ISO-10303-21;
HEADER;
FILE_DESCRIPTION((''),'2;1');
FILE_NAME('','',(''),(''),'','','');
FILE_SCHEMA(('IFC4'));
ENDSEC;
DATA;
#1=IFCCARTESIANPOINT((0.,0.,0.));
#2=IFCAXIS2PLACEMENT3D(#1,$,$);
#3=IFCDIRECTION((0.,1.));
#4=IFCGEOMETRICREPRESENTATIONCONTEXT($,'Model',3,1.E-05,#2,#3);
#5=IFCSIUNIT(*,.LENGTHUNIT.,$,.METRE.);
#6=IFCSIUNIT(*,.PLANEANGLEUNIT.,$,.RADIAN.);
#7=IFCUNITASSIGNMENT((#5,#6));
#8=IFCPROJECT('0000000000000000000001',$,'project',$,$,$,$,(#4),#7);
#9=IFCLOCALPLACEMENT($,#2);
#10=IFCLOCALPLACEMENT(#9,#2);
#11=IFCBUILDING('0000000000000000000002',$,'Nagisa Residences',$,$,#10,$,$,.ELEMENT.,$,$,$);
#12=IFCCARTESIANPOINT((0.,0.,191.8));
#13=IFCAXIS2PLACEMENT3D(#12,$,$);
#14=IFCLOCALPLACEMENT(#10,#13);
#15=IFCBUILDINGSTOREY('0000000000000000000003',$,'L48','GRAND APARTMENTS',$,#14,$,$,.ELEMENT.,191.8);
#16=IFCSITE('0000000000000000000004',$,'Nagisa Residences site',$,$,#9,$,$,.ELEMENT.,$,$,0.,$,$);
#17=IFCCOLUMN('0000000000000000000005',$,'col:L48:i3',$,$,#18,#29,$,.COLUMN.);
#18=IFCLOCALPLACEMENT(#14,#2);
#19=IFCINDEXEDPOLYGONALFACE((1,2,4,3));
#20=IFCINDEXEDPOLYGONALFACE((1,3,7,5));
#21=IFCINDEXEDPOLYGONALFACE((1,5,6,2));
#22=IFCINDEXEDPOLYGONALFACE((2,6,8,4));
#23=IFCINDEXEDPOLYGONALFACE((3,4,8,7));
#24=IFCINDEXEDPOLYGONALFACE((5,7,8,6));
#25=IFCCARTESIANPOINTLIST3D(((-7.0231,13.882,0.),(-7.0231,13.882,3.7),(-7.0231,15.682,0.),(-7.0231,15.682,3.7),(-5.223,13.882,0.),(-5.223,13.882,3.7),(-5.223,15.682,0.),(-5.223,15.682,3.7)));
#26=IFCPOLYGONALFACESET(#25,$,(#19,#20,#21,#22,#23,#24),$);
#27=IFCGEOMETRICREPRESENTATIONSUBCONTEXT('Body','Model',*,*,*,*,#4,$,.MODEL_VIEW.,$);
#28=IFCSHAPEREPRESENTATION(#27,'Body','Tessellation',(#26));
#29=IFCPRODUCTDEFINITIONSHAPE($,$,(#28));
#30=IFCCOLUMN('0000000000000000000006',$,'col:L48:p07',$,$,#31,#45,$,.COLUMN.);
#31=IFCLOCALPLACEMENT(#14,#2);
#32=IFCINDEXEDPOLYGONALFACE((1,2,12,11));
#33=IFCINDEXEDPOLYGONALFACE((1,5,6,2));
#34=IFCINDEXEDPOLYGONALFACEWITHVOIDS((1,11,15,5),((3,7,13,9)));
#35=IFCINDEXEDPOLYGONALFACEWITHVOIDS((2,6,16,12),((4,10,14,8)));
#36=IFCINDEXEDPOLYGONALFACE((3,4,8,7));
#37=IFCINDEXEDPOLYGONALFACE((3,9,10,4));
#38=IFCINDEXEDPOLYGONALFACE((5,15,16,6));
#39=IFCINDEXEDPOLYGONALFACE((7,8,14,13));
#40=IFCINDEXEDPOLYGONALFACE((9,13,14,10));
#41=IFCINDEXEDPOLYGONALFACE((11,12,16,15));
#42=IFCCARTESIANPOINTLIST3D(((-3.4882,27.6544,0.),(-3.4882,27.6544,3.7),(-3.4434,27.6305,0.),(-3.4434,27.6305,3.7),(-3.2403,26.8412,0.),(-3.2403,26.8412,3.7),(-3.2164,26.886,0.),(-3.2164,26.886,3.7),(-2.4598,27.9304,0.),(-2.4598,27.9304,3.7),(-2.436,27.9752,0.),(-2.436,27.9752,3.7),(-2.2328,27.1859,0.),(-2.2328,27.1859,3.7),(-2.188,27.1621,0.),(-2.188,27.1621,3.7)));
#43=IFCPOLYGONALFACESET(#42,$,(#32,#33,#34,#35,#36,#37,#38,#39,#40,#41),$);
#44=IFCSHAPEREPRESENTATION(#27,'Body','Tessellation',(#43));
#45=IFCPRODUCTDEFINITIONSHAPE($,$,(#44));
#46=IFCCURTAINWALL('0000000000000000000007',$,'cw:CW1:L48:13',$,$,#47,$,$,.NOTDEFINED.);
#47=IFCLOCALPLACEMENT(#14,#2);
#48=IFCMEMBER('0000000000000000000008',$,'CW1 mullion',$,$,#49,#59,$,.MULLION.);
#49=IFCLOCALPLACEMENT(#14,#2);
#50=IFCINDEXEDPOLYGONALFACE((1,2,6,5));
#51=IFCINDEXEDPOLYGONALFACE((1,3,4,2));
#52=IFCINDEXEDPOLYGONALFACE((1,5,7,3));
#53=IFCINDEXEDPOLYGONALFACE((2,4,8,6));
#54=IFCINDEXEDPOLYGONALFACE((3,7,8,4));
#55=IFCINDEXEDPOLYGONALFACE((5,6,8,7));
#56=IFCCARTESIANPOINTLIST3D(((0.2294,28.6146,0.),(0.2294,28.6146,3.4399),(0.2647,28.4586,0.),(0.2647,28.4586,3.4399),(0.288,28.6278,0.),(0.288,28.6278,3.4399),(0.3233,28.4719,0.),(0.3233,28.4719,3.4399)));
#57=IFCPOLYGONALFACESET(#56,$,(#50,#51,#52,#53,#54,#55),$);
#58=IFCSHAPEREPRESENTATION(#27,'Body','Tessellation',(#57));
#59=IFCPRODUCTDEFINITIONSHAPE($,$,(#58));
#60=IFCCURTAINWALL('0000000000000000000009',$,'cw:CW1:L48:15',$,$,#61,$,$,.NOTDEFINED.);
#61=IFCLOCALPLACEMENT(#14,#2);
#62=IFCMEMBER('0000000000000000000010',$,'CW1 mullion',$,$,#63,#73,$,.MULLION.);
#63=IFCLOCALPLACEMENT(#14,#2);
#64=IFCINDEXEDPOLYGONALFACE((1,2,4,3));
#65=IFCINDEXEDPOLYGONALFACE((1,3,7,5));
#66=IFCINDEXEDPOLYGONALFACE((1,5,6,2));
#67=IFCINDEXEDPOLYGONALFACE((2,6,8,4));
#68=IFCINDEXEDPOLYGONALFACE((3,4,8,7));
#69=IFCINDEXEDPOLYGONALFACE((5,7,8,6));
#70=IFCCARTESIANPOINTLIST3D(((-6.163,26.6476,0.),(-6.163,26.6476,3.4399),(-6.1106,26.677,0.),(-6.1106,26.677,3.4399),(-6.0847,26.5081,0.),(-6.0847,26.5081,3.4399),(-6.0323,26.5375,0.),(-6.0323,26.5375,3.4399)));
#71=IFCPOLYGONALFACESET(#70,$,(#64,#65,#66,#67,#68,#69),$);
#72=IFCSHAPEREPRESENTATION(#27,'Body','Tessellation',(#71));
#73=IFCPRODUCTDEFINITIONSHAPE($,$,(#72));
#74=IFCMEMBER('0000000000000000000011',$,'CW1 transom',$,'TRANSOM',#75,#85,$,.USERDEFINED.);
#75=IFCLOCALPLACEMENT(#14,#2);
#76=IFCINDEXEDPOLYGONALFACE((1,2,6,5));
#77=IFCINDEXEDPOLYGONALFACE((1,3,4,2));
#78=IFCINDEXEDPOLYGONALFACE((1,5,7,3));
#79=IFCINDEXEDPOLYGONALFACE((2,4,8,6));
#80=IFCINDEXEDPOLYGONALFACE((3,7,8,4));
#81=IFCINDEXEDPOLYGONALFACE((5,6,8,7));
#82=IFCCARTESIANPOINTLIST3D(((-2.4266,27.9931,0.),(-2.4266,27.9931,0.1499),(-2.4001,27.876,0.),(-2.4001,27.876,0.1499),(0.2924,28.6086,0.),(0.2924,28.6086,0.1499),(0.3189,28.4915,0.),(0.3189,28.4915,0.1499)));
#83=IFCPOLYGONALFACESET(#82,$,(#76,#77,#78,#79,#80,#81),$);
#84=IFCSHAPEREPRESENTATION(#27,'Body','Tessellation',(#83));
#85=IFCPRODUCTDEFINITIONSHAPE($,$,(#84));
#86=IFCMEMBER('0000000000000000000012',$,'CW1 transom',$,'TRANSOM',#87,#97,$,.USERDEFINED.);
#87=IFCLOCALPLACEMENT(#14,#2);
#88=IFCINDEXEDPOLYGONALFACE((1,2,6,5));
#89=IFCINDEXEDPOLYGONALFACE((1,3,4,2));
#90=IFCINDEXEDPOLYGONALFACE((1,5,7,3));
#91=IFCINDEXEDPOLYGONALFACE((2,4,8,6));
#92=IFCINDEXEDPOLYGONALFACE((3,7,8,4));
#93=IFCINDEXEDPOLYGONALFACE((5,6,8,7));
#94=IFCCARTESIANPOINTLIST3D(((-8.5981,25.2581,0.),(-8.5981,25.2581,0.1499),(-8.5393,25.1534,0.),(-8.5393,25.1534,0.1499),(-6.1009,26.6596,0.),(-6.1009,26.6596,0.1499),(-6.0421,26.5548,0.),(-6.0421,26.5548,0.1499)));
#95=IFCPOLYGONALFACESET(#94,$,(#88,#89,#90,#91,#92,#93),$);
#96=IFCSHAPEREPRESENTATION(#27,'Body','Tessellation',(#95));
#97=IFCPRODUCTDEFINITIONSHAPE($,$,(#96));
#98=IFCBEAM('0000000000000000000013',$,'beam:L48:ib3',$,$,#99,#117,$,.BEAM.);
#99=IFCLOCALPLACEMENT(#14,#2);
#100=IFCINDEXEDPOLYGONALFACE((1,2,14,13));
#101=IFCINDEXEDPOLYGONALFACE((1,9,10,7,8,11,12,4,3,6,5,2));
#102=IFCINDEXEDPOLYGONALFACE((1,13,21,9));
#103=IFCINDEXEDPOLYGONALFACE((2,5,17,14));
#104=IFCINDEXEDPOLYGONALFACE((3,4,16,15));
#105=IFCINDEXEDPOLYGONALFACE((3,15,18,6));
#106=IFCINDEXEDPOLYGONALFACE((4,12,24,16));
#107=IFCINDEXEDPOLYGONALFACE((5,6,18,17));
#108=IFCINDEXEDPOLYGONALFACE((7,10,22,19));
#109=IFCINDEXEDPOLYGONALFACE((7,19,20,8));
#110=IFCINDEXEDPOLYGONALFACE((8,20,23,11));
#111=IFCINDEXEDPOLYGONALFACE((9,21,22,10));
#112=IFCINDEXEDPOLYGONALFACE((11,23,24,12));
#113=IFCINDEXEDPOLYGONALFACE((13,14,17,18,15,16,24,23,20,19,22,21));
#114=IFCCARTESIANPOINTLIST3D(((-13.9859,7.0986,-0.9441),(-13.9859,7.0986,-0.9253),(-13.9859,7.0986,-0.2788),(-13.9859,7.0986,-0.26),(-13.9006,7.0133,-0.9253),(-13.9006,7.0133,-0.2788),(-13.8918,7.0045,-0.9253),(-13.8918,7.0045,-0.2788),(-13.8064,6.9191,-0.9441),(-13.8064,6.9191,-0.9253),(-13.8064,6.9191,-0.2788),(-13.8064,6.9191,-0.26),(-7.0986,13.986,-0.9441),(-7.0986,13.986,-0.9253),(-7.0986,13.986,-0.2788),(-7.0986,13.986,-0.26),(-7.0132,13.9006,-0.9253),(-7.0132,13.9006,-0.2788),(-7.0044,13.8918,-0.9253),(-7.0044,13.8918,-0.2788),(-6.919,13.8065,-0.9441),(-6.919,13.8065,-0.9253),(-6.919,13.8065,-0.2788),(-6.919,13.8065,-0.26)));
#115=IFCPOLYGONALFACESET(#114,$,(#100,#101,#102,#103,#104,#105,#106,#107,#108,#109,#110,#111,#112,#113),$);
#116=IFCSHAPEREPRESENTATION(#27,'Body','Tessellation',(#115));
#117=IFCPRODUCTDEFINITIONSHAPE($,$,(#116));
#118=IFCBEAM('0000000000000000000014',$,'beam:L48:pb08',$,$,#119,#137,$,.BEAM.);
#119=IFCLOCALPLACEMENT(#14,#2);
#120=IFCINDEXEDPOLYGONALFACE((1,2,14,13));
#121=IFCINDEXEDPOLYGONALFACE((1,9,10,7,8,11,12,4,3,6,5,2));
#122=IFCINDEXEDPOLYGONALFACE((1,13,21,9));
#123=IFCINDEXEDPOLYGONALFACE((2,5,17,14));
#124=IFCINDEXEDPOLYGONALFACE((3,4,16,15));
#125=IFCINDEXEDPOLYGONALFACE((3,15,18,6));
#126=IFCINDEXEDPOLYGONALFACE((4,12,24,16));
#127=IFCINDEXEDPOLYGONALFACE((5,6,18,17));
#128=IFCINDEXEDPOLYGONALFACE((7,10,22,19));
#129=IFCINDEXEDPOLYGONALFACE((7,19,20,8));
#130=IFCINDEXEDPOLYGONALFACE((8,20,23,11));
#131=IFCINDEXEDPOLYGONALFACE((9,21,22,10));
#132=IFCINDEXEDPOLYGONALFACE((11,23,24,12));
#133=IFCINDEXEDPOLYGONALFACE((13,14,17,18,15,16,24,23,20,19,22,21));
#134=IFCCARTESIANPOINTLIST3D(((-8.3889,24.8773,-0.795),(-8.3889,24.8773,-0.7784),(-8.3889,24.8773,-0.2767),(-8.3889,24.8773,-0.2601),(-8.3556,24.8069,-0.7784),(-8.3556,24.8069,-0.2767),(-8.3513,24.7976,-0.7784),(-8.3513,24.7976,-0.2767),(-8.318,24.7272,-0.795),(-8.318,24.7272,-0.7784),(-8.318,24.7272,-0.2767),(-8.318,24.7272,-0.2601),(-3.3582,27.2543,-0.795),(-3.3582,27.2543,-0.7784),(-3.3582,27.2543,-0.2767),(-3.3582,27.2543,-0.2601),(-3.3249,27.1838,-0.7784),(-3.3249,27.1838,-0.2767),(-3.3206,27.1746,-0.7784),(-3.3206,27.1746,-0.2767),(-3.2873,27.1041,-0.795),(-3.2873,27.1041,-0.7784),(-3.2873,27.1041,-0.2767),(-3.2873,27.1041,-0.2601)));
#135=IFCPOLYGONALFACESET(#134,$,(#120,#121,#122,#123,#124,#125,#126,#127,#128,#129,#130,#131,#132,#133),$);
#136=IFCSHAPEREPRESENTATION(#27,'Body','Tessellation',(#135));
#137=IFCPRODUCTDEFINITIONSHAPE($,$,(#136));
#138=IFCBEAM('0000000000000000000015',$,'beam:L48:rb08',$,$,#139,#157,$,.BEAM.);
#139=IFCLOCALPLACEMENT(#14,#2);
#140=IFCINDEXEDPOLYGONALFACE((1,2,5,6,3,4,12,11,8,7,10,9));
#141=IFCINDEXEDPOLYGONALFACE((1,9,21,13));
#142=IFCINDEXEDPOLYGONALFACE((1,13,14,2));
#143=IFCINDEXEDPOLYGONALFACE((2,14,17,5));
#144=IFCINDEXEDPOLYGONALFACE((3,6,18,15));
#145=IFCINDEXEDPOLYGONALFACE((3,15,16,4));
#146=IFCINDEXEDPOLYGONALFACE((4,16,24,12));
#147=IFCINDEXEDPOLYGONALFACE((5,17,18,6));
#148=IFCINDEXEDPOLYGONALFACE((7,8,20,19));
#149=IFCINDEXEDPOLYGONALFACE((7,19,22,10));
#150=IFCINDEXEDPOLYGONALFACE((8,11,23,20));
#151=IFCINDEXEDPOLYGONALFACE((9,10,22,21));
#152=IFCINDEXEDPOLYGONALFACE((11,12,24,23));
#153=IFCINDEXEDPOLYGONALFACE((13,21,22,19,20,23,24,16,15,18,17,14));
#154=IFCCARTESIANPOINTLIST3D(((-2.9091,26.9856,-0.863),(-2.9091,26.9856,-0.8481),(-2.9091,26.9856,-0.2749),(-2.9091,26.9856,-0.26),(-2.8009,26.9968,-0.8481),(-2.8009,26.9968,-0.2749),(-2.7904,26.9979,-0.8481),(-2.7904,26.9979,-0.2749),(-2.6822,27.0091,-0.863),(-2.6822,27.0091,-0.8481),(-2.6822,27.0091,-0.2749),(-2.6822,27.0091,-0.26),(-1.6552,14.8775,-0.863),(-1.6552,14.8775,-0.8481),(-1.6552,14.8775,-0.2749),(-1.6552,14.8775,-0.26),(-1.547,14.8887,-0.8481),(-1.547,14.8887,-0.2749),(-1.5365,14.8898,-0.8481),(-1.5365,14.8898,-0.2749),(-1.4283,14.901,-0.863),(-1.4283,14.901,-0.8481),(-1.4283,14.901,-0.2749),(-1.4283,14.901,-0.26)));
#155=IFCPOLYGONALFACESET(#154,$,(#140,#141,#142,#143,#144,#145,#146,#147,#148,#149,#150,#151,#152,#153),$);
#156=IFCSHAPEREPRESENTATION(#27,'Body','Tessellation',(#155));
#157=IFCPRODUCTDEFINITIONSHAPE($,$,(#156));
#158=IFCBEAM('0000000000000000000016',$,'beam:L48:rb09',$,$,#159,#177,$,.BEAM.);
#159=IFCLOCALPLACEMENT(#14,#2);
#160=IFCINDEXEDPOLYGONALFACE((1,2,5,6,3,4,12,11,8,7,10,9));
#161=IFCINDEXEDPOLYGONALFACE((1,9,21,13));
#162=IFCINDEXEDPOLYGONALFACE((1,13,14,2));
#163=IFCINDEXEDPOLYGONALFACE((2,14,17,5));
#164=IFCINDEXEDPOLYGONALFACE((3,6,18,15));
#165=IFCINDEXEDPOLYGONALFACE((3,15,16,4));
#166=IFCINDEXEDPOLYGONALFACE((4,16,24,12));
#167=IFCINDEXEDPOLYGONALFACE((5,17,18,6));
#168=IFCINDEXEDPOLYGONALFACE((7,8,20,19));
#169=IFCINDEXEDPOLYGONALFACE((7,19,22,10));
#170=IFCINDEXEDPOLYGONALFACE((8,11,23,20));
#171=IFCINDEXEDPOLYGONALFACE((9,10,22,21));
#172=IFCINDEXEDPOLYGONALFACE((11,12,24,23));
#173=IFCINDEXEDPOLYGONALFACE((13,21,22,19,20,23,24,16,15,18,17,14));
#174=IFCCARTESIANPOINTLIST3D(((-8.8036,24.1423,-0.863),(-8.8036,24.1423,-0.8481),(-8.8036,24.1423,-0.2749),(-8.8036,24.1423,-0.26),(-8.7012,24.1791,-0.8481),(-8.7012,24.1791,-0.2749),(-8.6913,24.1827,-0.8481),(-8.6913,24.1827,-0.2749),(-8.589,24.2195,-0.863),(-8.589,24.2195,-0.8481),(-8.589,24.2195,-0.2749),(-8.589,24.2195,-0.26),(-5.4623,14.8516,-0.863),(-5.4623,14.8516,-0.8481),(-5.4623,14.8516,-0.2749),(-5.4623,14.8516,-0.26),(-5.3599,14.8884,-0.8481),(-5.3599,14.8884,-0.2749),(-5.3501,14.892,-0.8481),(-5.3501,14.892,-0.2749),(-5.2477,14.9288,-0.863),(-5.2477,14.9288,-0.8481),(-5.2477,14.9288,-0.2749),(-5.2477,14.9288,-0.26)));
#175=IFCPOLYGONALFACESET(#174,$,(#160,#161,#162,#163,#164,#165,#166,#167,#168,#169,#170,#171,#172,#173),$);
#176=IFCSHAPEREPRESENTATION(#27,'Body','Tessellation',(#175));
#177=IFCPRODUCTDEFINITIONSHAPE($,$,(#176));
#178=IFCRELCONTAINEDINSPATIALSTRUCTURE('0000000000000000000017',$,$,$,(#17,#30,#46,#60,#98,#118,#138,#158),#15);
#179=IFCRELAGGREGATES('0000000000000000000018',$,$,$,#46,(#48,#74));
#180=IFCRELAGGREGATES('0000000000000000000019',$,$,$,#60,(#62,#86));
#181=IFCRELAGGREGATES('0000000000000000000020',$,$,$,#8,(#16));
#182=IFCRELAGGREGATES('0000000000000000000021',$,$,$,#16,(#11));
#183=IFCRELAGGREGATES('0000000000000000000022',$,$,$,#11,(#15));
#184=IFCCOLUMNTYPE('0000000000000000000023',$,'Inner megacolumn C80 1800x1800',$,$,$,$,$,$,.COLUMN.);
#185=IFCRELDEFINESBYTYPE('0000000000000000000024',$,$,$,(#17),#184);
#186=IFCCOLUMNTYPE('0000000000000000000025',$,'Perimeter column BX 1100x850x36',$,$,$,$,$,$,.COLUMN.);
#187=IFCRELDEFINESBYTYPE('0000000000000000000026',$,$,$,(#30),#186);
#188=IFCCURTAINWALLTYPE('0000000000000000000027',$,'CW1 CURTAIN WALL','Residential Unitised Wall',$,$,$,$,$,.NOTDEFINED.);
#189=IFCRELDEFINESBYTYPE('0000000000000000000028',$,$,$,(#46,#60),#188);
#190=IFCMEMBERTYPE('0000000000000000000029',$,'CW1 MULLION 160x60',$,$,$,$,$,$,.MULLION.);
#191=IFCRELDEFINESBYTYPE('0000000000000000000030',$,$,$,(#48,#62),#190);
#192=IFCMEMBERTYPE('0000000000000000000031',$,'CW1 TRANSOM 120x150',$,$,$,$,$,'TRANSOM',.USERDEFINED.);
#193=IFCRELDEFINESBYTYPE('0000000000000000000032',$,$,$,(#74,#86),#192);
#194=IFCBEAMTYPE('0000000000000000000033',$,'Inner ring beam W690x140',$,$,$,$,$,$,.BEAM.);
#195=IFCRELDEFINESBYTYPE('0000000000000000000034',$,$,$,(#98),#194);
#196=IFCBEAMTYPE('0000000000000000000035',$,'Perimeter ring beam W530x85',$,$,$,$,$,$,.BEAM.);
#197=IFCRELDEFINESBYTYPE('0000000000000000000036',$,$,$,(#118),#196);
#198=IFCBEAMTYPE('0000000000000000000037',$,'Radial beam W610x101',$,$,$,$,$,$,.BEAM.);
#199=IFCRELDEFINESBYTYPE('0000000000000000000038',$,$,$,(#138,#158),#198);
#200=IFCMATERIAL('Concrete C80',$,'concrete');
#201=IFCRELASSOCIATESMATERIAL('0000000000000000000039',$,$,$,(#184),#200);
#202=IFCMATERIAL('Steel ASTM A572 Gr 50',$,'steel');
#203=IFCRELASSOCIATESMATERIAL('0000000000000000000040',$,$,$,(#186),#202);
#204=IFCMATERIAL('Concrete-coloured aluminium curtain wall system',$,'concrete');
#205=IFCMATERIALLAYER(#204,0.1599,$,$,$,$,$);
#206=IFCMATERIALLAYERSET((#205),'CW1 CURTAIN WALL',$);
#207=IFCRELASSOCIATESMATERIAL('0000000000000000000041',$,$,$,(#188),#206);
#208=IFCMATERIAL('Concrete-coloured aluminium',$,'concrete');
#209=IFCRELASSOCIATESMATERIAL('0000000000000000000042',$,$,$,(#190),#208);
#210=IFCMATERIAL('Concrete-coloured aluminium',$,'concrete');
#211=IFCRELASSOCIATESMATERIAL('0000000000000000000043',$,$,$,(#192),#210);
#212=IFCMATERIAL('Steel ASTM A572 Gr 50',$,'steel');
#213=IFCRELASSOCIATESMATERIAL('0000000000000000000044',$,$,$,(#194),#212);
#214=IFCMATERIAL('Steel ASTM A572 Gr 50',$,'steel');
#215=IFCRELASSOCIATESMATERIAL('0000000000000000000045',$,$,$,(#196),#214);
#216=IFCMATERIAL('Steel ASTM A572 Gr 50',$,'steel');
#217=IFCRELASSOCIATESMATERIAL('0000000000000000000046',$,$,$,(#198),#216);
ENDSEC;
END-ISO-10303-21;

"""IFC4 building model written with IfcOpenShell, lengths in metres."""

from ifc_helpers import new_model, si_unit, direction, frame, origin, origin_2d, place, context, subcontext, project, spatial, rectangle, hollow_rectangle, i_section, extrude, material, layer, layer_set, material_profile, profile_set, type_object, element, aggregate, save


model = new_model("IFC4")

# Units and contexts
model_context = context("Model", 3, precision=1e-05, world=origin(), true_north=direction((0.0, 1.0)))
body_context = subcontext(model_context, "Body", "Model", "MODEL_VIEW")
ifc_project = project(units=[si_unit("LENGTHUNIT", "METRE"), si_unit("PLANEANGLEUNIT", "RADIAN")], contexts=[model_context])

# Site, building, storey
site_placement = place(None, origin())
site = spatial("IfcSite", under=ifc_project, at=site_placement, Name="Nagisa Residences site", CompositionType="ELEMENT", RefElevation=0.0)
building_placement = place(site_placement, origin())
building = spatial("IfcBuilding", under=site, at=building_placement, Name="Nagisa Residences", CompositionType="ELEMENT")
storey_placement = place(building_placement, frame((0.0, 0.0, 191.8)))
storey = spatial("IfcBuildingStorey", under=building, at=storey_placement, Name="L48", Description="GRAND APARTMENTS", CompositionType="ELEMENT", Elevation=191.8)

# Columns
ifc_material_1 = material(Name="Concrete C80", Category="concrete")
ifc_material_profile_1 = material_profile(ifc_material_1, rectangle(XDim=1.8, YDim=1.8, at=origin_2d()), Name="C80 1800x1800")
ifc_profile_set_1 = profile_set([ifc_material_profile_1], Name="Concrete C80")
column_type_1 = type_object("IfcColumnType", Name="Inner megacolumn C80 1800x1800", PredefinedType="COLUMN", material=ifc_profile_set_1)
column_1_placement = place(storey_placement, frame((-6.123, 14.782, 0.0), z_axis=(0.0, 0.0, 1.0), x_axis=(1.0, 0.0, 0.0)))
element("IfcColumn", 1, at=column_1_placement, inside=storey, type_object=column_type_1, Name="col:L48:i3", PredefinedType="COLUMN", context=body_context, shape_type="SweptSolid", body=[
    extrude(rectangle(XDim=1.8, YDim=1.8, at=origin_2d()), origin(), (0.0, 0.0, 1.0), 3.7),
])
ifc_material_2 = material(Name="Steel ASTM A572 Gr 50", Category="steel")
ifc_material_profile_2 = material_profile(ifc_material_2, hollow_rectangle(XDim=1.1001, YDim=0.8501, WallThickness=0.0359, at=origin_2d()), Name="BX 1100x850x36")
ifc_profile_set_2 = profile_set([ifc_material_profile_2], Name="Steel ASTM A572 Gr 50")
column_type_2 = type_object("IfcColumnType", Name="Perimeter column BX 1100x850x36", PredefinedType="COLUMN", material=ifc_profile_set_2)
column_2_placement = place(storey_placement, frame((-2.8381, 27.4082, 0.0), z_axis=(0.0, 0.0, 1.0), x_axis=(-0.956525, -0.291652, 0.0)))
element("IfcColumn", 2, at=column_2_placement, inside=storey, type_object=column_type_2, Name="col:L48:p07", PredefinedType="COLUMN", context=body_context, shape_type="SweptSolid", body=[
    extrude(hollow_rectangle(XDim=1.1001, YDim=0.8501, WallThickness=0.0359, at=origin_2d()), origin(), (0.0, 0.0, 1.0), 3.7),
])

# Curtain walls, members
ifc_material_3 = material(Name="Concrete-coloured aluminium curtain wall system", Category="concrete")
ifc_layer_1 = layer(ifc_material_3, 0.1599)
ifc_layer_set_1 = layer_set([ifc_layer_1], Name="CW1 CURTAIN WALL")
curtain_wall_type = type_object("IfcCurtainWallType", Name="CW1 CURTAIN WALL", Description="Residential Unitised Wall", PredefinedType="NOTDEFINED", material=ifc_layer_set_1)
curtain_wall_1_placement = place(storey_placement, origin())
curtain_wall_1 = element("IfcCurtainWall", 3, at=curtain_wall_1_placement, inside=storey, type_object=curtain_wall_type, Name="cw:CW1:L48:13", PredefinedType="NOTDEFINED")
ifc_material_4 = material(Name="Concrete-coloured aluminium", Category="concrete")
ifc_material_profile_3 = material_profile(ifc_material_4, rectangle(XDim=0.1599, YDim=0.0601, at=origin_2d()), Name="CW1 MULLION 160x60")
ifc_profile_set_3 = profile_set([ifc_material_profile_3], Name="Concrete-coloured aluminium")
member_type_1 = type_object("IfcMemberType", Name="CW1 MULLION 160x60", PredefinedType="MULLION", material=ifc_profile_set_3)
member_1_placement = place(storey_placement, frame((0.2764, 28.5432, 0.0), z_axis=(0.0, 0.0, 1.0), x_axis=(0.220764, -0.975327, 0.0)))
member_1 = element("IfcMember", 4, at=member_1_placement, type_object=member_type_1, Name="CW1 mullion", PredefinedType="MULLION", context=body_context, shape_type="SweptSolid", body=[
    extrude(rectangle(XDim=0.1599, YDim=0.0601, at=origin_2d()), origin(), (0.0, 0.0, 1.0), 3.4399),
])
curtain_wall_2_placement = place(storey_placement, origin())
curtain_wall_2 = element("IfcCurtainWall", 5, at=curtain_wall_2_placement, inside=storey, type_object=curtain_wall_type, Name="cw:CW1:L48:15", PredefinedType="NOTDEFINED")
member_2_placement = place(storey_placement, frame((-6.0977, 26.5925, 0.0), z_axis=(0.0, 0.0, 1.0), x_axis=(0.489377, -0.872072, 0.0)))
member_2 = element("IfcMember", 6, at=member_2_placement, type_object=member_type_1, Name="CW1 mullion", PredefinedType="MULLION", context=body_context, shape_type="SweptSolid", body=[
    extrude(rectangle(XDim=0.1599, YDim=0.0601, at=origin_2d()), origin(), (0.0, 0.0, 1.0), 3.4399),
])

# Members
ifc_material_5 = material(Name="Concrete-coloured aluminium", Category="concrete")
ifc_material_profile_4 = material_profile(ifc_material_5, rectangle(XDim=0.1201, YDim=0.1499, at=origin_2d()), Name="CW1 TRANSOM 120x150")
ifc_profile_set_4 = profile_set([ifc_material_profile_4], Name="Concrete-coloured aluminium")
member_type_2 = type_object("IfcMemberType", Name="CW1 TRANSOM 120x150", ElementType="TRANSOM", PredefinedType="USERDEFINED", material=ifc_profile_set_4)
member_3_placement = place(storey_placement, frame((0.3057, 28.55, 0.075), z_axis=(-0.975324, -0.220777, 0.0), x_axis=(0.220777, -0.975324, 0.0)))
member_3 = element("IfcMember", 7, at=member_3_placement, type_object=member_type_2, Name="CW1 transom", ObjectType="TRANSOM", PredefinedType="USERDEFINED", context=body_context, shape_type="SweptSolid", body=[
    extrude(rectangle(XDim=0.1201, YDim=0.1499, at=origin_2d()), origin(), (0.0, 0.0, 1.0), 2.7878),
])
member_4_placement = place(storey_placement, frame((-6.0715, 26.6072, 0.075), z_axis=(-0.872058, -0.489403, 0.0), x_axis=(0.489403, -0.872058, 0.0)))
member_4 = element("IfcMember", 8, at=member_4_placement, type_object=member_type_2, Name="CW1 transom", ObjectType="TRANSOM", PredefinedType="USERDEFINED", context=body_context, shape_type="SweptSolid", body=[
    extrude(rectangle(XDim=0.1201, YDim=0.1499, at=origin_2d()), origin(), (0.0, 0.0, 1.0), 2.8635),
])

# Beams
ifc_material_6 = material(Name="Steel ASTM A572 Gr 50", Category="steel")
ifc_material_profile_5 = material_profile(ifc_material_6, i_section(OverallWidth=0.2539, OverallDepth=0.6841, WebThickness=0.0125, FlangeThickness=0.0188, at=origin_2d()), Name="W690x140")
ifc_profile_set_5 = profile_set([ifc_material_profile_5], Name="Steel ASTM A572 Gr 50")
beam_type_1 = type_object("IfcBeamType", Name="Inner ring beam W690x140", PredefinedType="BEAM", material=ifc_profile_set_5)
beam_1_placement = place(storey_placement, frame((-7.0088, 13.8962, -0.6021), z_axis=(-0.707107, -0.707107, 0.0), x_axis=(0.707107, -0.707107, 0.0)))
element("IfcBeam", 9, at=beam_1_placement, inside=storey, type_object=beam_type_1, Name="beam:L48:ib3", PredefinedType="BEAM", context=body_context, shape_type="SweptSolid", body=[
    extrude(i_section(OverallWidth=0.2539, OverallDepth=0.6841, WebThickness=0.0125, FlangeThickness=0.0188, at=origin_2d()), origin(), (0.0, 0.0, 1.0), 9.7402),
])
ifc_material_7 = material(Name="Steel ASTM A572 Gr 50", Category="steel")
ifc_material_profile_6 = material_profile(ifc_material_7, i_section(OverallWidth=0.166, OverallDepth=0.5349, WebThickness=0.0103, FlangeThickness=0.0166, at=origin_2d()), Name="W530x85")
ifc_profile_set_6 = profile_set([ifc_material_profile_6], Name="Steel ASTM A572 Gr 50")
beam_type_2 = type_object("IfcBeamType", Name="Perimeter ring beam W530x85", PredefinedType="BEAM", material=ifc_profile_set_6)
beam_2_placement = place(storey_placement, frame((-3.3228, 27.1792, -0.5276), z_axis=(-0.904157, -0.4272, 0.0), x_axis=(0.4272, -0.904157, 0.0)))
element("IfcBeam", 10, at=beam_2_placement, inside=storey, type_object=beam_type_2, Name="beam:L48:pb08", PredefinedType="BEAM", context=body_context, shape_type="SweptSolid", body=[
    extrude(i_section(OverallWidth=0.166, OverallDepth=0.5349, WebThickness=0.0103, FlangeThickness=0.0166, at=origin_2d()), origin(), (0.0, 0.0, 1.0), 5.564),
])
ifc_material_8 = material(Name="Steel ASTM A572 Gr 50", Category="steel")
ifc_material_profile_7 = material_profile(ifc_material_8, i_section(OverallWidth=0.228, OverallDepth=0.603, WebThickness=0.0105, FlangeThickness=0.0149, at=origin_2d()), Name="W610x101")
ifc_profile_set_7 = profile_set([ifc_material_profile_7], Name="Steel ASTM A572 Gr 50")
beam_type_3 = type_object("IfcBeamType", Name="Radial beam W610x101", PredefinedType="BEAM", material=ifc_profile_set_7)
beam_3_placement = place(storey_placement, frame((-2.7957, 26.9973, -0.5615), z_axis=(0.103008, -0.994681, 0.0), x_axis=(0.994681, 0.103008, 0.0)))
element("IfcBeam", 11, at=beam_3_placement, inside=storey, type_object=beam_type_3, Name="beam:L48:rb08", PredefinedType="BEAM", context=body_context, shape_type="SweptSolid", body=[
    extrude(i_section(OverallWidth=0.228, OverallDepth=0.603, WebThickness=0.0105, FlangeThickness=0.0149, at=origin_2d()), origin(), (0.0, 0.0, 1.0), 12.1729),
])
beam_4_placement = place(storey_placement, frame((-8.6963, 24.1809, -0.5615), z_axis=(0.338417, -0.940996, 0.0), x_axis=(0.940996, 0.338417, 0.0)))
element("IfcBeam", 12, at=beam_4_placement, inside=storey, type_object=beam_type_3, Name="beam:L48:rb09", PredefinedType="BEAM", context=body_context, shape_type="SweptSolid", body=[
    extrude(i_section(OverallWidth=0.228, OverallDepth=0.603, WebThickness=0.0105, FlangeThickness=0.0149, at=origin_2d()), origin(), (0.0, 0.0, 1.0), 9.8733),
])

aggregate(curtain_wall_1, [member_1, member_3])
aggregate(curtain_wall_2, [member_2, member_4])

save(model, "model.ifc")
